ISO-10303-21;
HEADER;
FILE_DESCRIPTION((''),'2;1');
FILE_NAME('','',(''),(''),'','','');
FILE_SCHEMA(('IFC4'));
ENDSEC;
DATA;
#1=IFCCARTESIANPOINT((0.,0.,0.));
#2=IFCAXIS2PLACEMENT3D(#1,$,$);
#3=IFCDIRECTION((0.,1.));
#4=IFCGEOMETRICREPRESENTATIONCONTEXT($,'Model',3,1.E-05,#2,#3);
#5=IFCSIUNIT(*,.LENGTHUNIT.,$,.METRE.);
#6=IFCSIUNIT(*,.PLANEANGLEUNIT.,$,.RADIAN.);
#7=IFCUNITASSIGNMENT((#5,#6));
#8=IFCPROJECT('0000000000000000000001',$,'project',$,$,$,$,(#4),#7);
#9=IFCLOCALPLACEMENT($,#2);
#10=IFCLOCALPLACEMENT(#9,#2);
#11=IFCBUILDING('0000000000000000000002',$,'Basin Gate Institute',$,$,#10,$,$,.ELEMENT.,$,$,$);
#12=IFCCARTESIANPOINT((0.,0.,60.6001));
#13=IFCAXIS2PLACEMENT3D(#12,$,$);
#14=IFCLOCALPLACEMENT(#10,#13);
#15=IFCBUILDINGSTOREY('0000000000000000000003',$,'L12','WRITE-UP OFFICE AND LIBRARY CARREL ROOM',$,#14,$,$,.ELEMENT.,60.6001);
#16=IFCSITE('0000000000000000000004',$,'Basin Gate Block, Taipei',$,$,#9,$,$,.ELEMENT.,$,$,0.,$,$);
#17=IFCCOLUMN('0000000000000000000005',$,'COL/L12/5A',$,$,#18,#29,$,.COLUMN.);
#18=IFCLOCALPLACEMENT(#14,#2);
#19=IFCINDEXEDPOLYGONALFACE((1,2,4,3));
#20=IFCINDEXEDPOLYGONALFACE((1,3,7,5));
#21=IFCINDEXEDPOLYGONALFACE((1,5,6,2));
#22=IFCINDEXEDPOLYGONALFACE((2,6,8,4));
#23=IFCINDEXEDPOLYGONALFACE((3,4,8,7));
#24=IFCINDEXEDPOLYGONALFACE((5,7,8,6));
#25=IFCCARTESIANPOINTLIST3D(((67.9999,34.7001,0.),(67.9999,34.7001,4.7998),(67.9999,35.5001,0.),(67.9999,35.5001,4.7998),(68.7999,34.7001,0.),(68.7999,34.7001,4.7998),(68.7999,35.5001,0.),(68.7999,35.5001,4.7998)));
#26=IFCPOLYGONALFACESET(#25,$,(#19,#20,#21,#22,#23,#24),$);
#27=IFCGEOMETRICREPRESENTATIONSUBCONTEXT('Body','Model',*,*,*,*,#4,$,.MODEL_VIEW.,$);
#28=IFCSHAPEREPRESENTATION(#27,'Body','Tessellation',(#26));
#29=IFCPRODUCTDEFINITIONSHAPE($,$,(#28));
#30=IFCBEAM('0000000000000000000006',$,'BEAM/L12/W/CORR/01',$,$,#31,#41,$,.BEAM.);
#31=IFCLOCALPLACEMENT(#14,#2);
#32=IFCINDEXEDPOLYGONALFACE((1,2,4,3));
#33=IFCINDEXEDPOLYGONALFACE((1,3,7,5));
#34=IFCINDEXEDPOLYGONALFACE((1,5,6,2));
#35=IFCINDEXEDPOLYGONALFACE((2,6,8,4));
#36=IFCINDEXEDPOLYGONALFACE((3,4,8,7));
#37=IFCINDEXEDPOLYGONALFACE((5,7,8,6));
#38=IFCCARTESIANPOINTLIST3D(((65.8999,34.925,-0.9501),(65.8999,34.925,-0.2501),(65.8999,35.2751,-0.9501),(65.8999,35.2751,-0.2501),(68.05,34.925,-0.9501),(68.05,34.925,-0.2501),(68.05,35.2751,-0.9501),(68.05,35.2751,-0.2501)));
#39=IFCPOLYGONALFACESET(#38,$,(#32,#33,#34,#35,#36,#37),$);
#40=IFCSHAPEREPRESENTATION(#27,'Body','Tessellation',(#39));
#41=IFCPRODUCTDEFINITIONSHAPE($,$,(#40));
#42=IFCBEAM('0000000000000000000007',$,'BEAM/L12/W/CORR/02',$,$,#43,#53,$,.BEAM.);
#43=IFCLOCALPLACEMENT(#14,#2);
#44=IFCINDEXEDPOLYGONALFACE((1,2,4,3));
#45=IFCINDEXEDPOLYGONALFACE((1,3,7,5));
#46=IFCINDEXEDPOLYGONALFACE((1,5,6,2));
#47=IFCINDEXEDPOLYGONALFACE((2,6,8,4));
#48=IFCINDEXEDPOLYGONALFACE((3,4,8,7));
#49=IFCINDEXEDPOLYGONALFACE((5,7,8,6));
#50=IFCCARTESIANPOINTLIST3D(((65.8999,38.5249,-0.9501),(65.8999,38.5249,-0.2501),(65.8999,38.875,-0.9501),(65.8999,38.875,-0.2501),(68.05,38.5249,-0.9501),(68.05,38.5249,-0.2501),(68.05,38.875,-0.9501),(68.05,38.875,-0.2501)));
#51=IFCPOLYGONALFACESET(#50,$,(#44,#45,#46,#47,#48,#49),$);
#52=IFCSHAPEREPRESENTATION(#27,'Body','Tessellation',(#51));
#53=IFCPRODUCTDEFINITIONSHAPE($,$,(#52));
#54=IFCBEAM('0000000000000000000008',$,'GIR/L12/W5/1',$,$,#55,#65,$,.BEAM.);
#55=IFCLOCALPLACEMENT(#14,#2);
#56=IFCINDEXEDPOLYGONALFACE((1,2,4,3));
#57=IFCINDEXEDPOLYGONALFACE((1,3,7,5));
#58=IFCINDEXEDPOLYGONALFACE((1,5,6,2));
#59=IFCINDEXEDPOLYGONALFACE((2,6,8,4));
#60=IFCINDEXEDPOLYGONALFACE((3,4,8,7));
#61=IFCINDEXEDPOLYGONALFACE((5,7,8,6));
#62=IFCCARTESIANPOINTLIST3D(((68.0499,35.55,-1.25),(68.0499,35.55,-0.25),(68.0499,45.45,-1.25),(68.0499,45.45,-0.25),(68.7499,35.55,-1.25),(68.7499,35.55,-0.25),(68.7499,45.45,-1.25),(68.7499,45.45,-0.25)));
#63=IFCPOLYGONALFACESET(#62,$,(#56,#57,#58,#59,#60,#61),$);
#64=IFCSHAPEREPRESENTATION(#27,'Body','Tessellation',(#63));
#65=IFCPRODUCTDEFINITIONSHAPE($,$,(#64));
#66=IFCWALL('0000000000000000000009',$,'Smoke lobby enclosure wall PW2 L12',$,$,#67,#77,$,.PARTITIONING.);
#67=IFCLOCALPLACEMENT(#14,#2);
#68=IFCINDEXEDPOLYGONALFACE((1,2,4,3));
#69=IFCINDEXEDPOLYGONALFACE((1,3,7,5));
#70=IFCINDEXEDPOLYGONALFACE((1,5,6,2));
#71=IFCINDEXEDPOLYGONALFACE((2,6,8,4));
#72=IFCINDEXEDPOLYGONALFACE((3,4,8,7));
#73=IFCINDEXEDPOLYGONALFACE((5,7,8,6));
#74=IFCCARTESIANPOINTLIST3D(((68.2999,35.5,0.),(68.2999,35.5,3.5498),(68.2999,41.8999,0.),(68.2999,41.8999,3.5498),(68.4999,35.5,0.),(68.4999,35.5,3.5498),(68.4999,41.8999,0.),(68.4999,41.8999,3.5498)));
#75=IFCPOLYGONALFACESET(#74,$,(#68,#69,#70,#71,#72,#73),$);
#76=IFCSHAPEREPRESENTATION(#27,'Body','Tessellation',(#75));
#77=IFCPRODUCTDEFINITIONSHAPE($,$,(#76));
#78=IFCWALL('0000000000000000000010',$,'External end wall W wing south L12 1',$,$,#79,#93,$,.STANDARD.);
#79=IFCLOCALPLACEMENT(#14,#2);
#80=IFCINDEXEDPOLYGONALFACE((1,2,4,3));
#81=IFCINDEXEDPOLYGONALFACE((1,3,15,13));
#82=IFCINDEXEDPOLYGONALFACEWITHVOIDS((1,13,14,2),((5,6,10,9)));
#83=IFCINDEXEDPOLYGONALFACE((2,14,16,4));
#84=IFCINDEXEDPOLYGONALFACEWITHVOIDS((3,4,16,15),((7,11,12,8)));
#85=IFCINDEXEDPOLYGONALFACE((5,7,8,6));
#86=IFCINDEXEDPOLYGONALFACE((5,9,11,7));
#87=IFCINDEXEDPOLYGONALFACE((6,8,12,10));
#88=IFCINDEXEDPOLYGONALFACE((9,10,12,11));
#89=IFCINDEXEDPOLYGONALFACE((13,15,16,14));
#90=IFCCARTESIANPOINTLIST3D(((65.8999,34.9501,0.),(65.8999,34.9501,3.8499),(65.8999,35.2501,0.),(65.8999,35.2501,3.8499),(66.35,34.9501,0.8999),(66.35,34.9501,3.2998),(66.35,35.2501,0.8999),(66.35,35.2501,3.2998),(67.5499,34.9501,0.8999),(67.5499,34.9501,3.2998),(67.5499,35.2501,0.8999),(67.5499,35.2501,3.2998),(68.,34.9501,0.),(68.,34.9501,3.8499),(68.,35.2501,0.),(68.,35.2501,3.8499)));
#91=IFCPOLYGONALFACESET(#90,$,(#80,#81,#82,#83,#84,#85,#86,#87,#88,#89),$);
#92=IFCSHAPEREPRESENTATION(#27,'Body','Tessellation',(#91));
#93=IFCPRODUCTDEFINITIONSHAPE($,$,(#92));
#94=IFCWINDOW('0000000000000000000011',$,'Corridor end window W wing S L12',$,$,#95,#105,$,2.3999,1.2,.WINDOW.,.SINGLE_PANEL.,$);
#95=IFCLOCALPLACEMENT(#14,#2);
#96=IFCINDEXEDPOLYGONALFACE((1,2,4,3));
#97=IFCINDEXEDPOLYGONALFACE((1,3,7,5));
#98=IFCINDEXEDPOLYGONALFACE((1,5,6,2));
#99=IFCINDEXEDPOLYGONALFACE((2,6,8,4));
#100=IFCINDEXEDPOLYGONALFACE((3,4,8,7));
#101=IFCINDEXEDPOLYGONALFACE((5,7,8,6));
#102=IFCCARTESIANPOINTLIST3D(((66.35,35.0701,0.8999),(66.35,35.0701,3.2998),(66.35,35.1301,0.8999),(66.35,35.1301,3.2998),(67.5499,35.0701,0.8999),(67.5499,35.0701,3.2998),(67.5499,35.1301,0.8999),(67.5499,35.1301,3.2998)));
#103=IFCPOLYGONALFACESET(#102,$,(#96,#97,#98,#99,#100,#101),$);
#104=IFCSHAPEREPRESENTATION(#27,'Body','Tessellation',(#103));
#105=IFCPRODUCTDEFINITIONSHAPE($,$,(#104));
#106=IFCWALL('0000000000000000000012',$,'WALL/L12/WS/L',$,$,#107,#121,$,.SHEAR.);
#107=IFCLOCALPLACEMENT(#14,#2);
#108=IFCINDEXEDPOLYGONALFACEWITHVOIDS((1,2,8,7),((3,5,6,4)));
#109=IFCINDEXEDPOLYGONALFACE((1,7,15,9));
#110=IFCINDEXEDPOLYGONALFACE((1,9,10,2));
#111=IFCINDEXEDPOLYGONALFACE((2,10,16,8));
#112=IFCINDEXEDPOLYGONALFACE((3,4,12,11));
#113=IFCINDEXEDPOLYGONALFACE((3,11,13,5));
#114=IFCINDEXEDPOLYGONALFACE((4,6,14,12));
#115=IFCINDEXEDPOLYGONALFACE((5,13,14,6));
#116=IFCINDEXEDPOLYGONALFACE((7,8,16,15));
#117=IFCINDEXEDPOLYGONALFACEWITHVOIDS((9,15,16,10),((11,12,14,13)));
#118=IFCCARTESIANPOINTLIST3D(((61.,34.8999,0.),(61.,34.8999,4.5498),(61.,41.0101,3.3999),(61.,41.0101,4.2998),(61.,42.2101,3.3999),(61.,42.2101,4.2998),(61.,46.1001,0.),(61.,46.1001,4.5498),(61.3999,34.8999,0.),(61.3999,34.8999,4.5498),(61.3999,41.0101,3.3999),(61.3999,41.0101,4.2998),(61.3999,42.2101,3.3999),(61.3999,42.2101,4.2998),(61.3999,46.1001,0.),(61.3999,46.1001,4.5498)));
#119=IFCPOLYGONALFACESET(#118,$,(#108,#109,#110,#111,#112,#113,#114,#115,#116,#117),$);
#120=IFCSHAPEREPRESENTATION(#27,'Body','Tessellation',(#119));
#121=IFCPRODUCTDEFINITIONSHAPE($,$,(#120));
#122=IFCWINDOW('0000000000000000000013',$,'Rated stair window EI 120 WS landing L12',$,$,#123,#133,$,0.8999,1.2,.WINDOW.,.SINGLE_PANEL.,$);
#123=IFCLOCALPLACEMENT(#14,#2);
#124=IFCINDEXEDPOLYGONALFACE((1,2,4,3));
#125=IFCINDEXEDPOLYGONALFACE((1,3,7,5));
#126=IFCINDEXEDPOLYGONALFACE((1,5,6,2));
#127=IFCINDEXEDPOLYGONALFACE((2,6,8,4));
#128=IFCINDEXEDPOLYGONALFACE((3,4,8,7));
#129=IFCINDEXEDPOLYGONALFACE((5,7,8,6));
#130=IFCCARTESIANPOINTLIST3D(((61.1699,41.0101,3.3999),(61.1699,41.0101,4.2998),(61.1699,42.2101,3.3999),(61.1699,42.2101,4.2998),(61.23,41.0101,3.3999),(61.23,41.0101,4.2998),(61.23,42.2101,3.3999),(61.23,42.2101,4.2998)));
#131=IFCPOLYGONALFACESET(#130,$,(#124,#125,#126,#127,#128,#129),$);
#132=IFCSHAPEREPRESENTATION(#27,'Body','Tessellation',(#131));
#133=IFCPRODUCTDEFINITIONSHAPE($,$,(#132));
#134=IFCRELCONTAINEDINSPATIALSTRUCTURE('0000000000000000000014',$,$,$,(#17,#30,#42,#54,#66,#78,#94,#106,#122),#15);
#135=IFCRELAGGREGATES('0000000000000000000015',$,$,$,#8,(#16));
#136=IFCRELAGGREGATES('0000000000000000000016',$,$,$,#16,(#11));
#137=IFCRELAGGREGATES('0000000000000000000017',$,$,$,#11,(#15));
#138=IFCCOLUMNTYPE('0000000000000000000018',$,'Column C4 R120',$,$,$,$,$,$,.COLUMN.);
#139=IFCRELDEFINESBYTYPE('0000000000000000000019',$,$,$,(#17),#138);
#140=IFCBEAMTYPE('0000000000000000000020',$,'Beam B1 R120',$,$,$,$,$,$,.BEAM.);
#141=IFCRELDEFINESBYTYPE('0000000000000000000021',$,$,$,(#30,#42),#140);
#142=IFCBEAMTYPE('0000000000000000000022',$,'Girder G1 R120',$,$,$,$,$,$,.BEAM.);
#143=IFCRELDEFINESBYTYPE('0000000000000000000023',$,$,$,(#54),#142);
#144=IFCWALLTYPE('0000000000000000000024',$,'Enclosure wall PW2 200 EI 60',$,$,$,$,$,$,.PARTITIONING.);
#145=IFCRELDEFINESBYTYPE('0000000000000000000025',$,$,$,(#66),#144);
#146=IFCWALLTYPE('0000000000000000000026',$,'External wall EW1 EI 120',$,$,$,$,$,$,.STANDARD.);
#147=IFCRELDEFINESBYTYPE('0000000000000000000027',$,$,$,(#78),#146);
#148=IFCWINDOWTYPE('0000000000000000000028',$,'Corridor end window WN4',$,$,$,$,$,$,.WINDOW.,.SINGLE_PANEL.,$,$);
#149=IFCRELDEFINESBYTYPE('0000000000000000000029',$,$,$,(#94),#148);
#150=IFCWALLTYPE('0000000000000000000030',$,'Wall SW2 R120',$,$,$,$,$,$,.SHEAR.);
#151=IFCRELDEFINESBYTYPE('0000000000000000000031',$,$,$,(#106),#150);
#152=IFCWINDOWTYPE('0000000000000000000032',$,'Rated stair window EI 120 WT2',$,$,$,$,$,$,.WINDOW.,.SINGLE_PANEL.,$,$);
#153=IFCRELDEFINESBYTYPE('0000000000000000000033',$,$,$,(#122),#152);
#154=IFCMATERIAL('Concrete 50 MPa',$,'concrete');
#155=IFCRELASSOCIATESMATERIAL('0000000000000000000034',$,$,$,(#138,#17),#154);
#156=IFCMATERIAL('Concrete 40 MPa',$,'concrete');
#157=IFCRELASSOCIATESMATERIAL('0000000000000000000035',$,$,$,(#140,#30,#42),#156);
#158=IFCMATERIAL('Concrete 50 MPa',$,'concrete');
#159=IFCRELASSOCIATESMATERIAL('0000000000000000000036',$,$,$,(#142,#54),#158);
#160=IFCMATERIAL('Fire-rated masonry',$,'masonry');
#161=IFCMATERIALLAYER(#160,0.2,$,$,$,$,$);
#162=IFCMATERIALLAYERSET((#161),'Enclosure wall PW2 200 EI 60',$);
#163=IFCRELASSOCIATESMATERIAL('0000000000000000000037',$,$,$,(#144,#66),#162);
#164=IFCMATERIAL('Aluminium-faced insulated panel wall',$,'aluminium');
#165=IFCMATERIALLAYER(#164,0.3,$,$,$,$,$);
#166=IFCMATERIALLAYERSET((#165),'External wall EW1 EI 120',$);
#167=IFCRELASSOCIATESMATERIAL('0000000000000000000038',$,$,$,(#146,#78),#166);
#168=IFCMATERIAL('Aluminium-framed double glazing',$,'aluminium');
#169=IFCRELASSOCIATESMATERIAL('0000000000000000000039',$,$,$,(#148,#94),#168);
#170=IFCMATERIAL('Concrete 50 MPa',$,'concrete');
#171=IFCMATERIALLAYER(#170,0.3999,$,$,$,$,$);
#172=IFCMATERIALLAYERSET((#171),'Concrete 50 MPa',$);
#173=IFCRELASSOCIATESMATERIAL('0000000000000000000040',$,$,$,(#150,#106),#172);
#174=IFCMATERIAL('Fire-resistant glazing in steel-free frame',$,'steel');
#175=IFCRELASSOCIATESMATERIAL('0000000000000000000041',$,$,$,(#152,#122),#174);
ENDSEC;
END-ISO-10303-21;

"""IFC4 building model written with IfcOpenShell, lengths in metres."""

from ifc_helpers import new_model, si_unit, direction, frame, frame_2d, origin, origin_2d, place, context, subcontext, project, spatial, rectangle, extrude, material, layer, layer_set, material_profile, profile_set, type_object, element, fill, save


model = new_model("IFC4")

# Units and contexts
model_context = context("Model", 3, precision=1e-05, world=origin(), true_north=direction((0.0, 1.0)))
body_context = subcontext(model_context, "Body", "Model", "MODEL_VIEW")
ifc_project = project(units=[si_unit("LENGTHUNIT", "METRE"), si_unit("PLANEANGLEUNIT", "RADIAN")], contexts=[model_context])

# Site, building, storey
site_placement = place(None, origin())
site = spatial("IfcSite", under=ifc_project, at=site_placement, Name="Basin Gate Block, Taipei", CompositionType="ELEMENT", RefElevation=0.0)
building_placement = place(site_placement, origin())
building = spatial("IfcBuilding", under=site, at=building_placement, Name="Basin Gate Institute", CompositionType="ELEMENT")
storey_placement = place(building_placement, frame((0.0, 0.0, 60.6001)))
storey = spatial("IfcBuildingStorey", under=building, at=storey_placement, Name="L12", Description="WRITE-UP OFFICE AND LIBRARY CARREL ROOM", CompositionType="ELEMENT", Elevation=60.6001)

# Column
ifc_material_1 = material(Name="Concrete 50 MPa", Category="concrete")
ifc_material_profile_1 = material_profile(ifc_material_1, rectangle(XDim=0.8, YDim=0.8, at=origin_2d()), Name="Column C4 800 x 800")
ifc_profile_set_1 = profile_set([ifc_material_profile_1], Name="Concrete 50 MPa")
column_type = type_object("IfcColumnType", Name="Column C4 R120", PredefinedType="COLUMN", material=ifc_profile_set_1)
column_placement = place(storey_placement, frame((68.3999, 35.1001, 0.0), z_axis=(0.0, 0.0, 1.0), x_axis=(1.0, 0.0, 0.0)))
element("IfcColumn", 1, at=column_placement, inside=storey, type_object=column_type, material=ifc_profile_set_1, Name="COL/L12/5A", PredefinedType="COLUMN", context=body_context, shape_type="SweptSolid", body=[
    extrude(rectangle(XDim=0.8, YDim=0.8, at=origin_2d()), origin(), (0.0, 0.0, 1.0), 4.7998),
])

# Beams
ifc_material_2 = material(Name="Concrete 40 MPa", Category="concrete")
ifc_material_profile_2 = material_profile(ifc_material_2, rectangle(XDim=0.3501, YDim=0.7, at=origin_2d()), Name="Beam B1 350 x 700")
ifc_profile_set_2 = profile_set([ifc_material_profile_2], Name="Concrete 40 MPa")
beam_type_1 = type_object("IfcBeamType", Name="Beam B1 R120", PredefinedType="BEAM", material=ifc_profile_set_2)
for number, where, z_axis, x_axis, name in (
    (2, (65.8999, 35.1001, -0.6001), (1.0, 0.0, 0.0), (0.0, 1.0, 0.0), "BEAM/L12/W/CORR/01"),
    (3, (65.8999, 38.7, -0.6001), (1.0, 0.0, 0.0), (0.0, 1.0, 0.0), "BEAM/L12/W/CORR/02"),
):
    element("IfcBeam", number, at=place(storey_placement, frame(where, z_axis=z_axis, x_axis=x_axis)), inside=storey, type_object=beam_type_1, material=ifc_profile_set_2, Name=name, PredefinedType="BEAM", context=body_context, shape_type="SweptSolid", body=[
        extrude(rectangle(XDim=0.3501, YDim=0.7, at=origin_2d()), origin(), (0.0, 0.0, 1.0), 2.1501),
    ])
ifc_material_3 = material(Name="Concrete 50 MPa", Category="concrete")
ifc_material_profile_3 = material_profile(ifc_material_3, rectangle(XDim=0.7, YDim=1.0, at=origin_2d()), Name="Girder G1 700 x 1000")
ifc_profile_set_3 = profile_set([ifc_material_profile_3], Name="Concrete 50 MPa")
beam_type_2 = type_object("IfcBeamType", Name="Girder G1 R120", PredefinedType="BEAM", material=ifc_profile_set_3)
beam_placement = place(storey_placement, frame((68.3999, 35.55, -0.75), z_axis=(0.0, 1.0, 0.0), x_axis=(-1.0, 0.0, 0.0)))
element("IfcBeam", 4, at=beam_placement, inside=storey, type_object=beam_type_2, material=ifc_profile_set_3, Name="GIR/L12/W5/1", PredefinedType="BEAM", context=body_context, shape_type="SweptSolid", body=[
    extrude(rectangle(XDim=0.7, YDim=1.0, at=origin_2d()), origin(), (0.0, 0.0, 1.0), 9.8999),
])

# Wall
ifc_material_4 = material(Name="Fire-rated masonry", Category="masonry")
ifc_layer_1 = layer(ifc_material_4, 0.2)
ifc_layer_set_1 = layer_set([ifc_layer_1], Name="Enclosure wall PW2 200 EI 60")
wall_type_1 = type_object("IfcWallType", Name="Enclosure wall PW2 200 EI 60", PredefinedType="PARTITIONING", material=ifc_layer_set_1)
wall_1_placement = place(storey_placement, frame((68.3999, 35.5, 0.0), z_axis=(0.0, 0.0, 1.0), x_axis=(0.0, 1.0, 0.0)))
element("IfcWall", 5, at=wall_1_placement, inside=storey, type_object=wall_type_1, material=ifc_layer_set_1, Name="Smoke lobby enclosure wall PW2 L12", PredefinedType="PARTITIONING", context=body_context, shape_type="SweptSolid", body=[
    extrude(rectangle(XDim=6.3999, YDim=0.2, at=frame_2d((3.2, 0.0))), origin(), (0.0, 0.0, 1.0), 3.5498),
])

# Walls, openings, windows
ifc_material_5 = material(Name="Aluminium-faced insulated panel wall", Category="aluminium")
ifc_layer_2 = layer(ifc_material_5, 0.3)
ifc_layer_set_2 = layer_set([ifc_layer_2], Name="External wall EW1 EI 120")
wall_type_2 = type_object("IfcWallType", Name="External wall EW1 EI 120", PredefinedType="STANDARD", material=ifc_layer_set_2)
wall_2_placement = place(storey_placement, frame((65.8999, 35.1001, 0.0), z_axis=(0.0, 0.0, 1.0), x_axis=(1.0, 0.0, 0.0)))
wall_2 = element("IfcWall", 6, at=wall_2_placement, inside=storey, type_object=wall_type_2, material=ifc_layer_set_2, Name="External end wall W wing south L12 1", PredefinedType="STANDARD", context=body_context, shape_type="SweptSolid", body=[
    extrude(rectangle(XDim=2.1001, YDim=0.3, at=frame_2d((1.05, 0.0))), origin(), (0.0, 0.0, 1.0), 3.8499),
])
opening_1_placement = place(wall_2_placement, frame((0.45, 0.0, 0.8999)))
opening_1 = element("IfcOpeningElement", 7, at=opening_1_placement, cuts=wall_2, PredefinedType="OPENING", context=body_context, shape_type="SweptSolid", body=[
    extrude(rectangle(XDim=1.2, YDim=2.3999, at=frame_2d((0.6001, 1.2))), frame((0.0, 0.1602, 0.0), z_axis=(0.0, -1.0, 0.0), x_axis=(1.0, 0.0, 0.0)), (0.0, 0.0, 1.0), 0.3201),
])
ifc_material_6 = material(Name="Aluminium-framed double glazing", Category="aluminium")
window_type_1 = type_object("IfcWindowType", Name="Corridor end window WN4", PartitioningType="SINGLE_PANEL", PredefinedType="WINDOW", material=ifc_material_6)
window_1_placement = place(opening_1_placement, origin())
window_1 = element("IfcWindow", 8, at=window_1_placement, inside=storey, type_object=window_type_1, material=ifc_material_6, Name="Corridor end window W wing S L12", OverallHeight=2.3999, OverallWidth=1.2, PartitioningType="SINGLE_PANEL", PredefinedType="WINDOW", context=body_context, shape_type="SweptSolid", body=[
    extrude(rectangle(XDim=1.2, YDim=2.3999, at=frame_2d((0.6001, 1.2))), frame((0.0, 0.03, 0.0), z_axis=(0.0, -1.0, 0.0), x_axis=(1.0, 0.0, 0.0)), (0.0, 0.0, 1.0), 0.0601),
])
fill(opening_1, window_1)
ifc_material_7 = material(Name="Concrete 50 MPa", Category="concrete")
ifc_layer_3 = layer(ifc_material_7, 0.3999)
ifc_layer_set_3 = layer_set([ifc_layer_3], Name="Concrete 50 MPa")
wall_type_3 = type_object("IfcWallType", Name="Wall SW2 R120", PredefinedType="SHEAR", material=ifc_layer_set_3)
wall_3_placement = place(storey_placement, frame((61.2, 34.8999, 0.0), z_axis=(0.0, 0.0, 1.0), x_axis=(0.0, 1.0, 0.0)))
wall_3 = element("IfcWall", 9, at=wall_3_placement, inside=storey, type_object=wall_type_3, material=ifc_layer_set_3, Name="WALL/L12/WS/L", PredefinedType="SHEAR", context=body_context, shape_type="SweptSolid", body=[
    extrude(rectangle(XDim=11.2002, YDim=0.3999, at=frame_2d((5.6001, 0.0))), origin(), (0.0, 0.0, 1.0), 4.5498),
])
opening_2_placement = place(wall_3_placement, frame((6.1101, 0.0, 3.3999)))
opening_2 = element("IfcOpeningElement", 10, at=opening_2_placement, cuts=wall_3, PredefinedType="OPENING", context=body_context, shape_type="SweptSolid", body=[
    extrude(rectangle(XDim=1.2, YDim=0.8999, at=frame_2d((0.6001, 0.45))), frame((0.0, 0.21, 0.0), z_axis=(0.0, -1.0, 0.0), x_axis=(1.0, 0.0, 0.0)), (0.0, 0.0, 1.0), 0.4199),
])
ifc_material_8 = material(Name="Fire-resistant glazing in steel-free frame", Category="steel")
window_type_2 = type_object("IfcWindowType", Name="Rated stair window EI 120 WT2", PartitioningType="SINGLE_PANEL", PredefinedType="WINDOW", material=ifc_material_8)
window_2_placement = place(opening_2_placement, origin())
window_2 = element("IfcWindow", 11, at=window_2_placement, inside=storey, type_object=window_type_2, material=ifc_material_8, Name="Rated stair window EI 120 WS landing L12", OverallHeight=0.8999, OverallWidth=1.2, PartitioningType="SINGLE_PANEL", PredefinedType="WINDOW", context=body_context, shape_type="SweptSolid", body=[
    extrude(rectangle(XDim=1.2, YDim=0.8999, at=frame_2d((0.6001, 0.45))), frame((0.0, 0.03, 0.0), z_axis=(0.0, -1.0, 0.0), x_axis=(1.0, 0.0, 0.0)), (0.0, 0.0, 1.0), 0.0601),
])
fill(opening_2, window_2)

save(model, "model.ifc")
